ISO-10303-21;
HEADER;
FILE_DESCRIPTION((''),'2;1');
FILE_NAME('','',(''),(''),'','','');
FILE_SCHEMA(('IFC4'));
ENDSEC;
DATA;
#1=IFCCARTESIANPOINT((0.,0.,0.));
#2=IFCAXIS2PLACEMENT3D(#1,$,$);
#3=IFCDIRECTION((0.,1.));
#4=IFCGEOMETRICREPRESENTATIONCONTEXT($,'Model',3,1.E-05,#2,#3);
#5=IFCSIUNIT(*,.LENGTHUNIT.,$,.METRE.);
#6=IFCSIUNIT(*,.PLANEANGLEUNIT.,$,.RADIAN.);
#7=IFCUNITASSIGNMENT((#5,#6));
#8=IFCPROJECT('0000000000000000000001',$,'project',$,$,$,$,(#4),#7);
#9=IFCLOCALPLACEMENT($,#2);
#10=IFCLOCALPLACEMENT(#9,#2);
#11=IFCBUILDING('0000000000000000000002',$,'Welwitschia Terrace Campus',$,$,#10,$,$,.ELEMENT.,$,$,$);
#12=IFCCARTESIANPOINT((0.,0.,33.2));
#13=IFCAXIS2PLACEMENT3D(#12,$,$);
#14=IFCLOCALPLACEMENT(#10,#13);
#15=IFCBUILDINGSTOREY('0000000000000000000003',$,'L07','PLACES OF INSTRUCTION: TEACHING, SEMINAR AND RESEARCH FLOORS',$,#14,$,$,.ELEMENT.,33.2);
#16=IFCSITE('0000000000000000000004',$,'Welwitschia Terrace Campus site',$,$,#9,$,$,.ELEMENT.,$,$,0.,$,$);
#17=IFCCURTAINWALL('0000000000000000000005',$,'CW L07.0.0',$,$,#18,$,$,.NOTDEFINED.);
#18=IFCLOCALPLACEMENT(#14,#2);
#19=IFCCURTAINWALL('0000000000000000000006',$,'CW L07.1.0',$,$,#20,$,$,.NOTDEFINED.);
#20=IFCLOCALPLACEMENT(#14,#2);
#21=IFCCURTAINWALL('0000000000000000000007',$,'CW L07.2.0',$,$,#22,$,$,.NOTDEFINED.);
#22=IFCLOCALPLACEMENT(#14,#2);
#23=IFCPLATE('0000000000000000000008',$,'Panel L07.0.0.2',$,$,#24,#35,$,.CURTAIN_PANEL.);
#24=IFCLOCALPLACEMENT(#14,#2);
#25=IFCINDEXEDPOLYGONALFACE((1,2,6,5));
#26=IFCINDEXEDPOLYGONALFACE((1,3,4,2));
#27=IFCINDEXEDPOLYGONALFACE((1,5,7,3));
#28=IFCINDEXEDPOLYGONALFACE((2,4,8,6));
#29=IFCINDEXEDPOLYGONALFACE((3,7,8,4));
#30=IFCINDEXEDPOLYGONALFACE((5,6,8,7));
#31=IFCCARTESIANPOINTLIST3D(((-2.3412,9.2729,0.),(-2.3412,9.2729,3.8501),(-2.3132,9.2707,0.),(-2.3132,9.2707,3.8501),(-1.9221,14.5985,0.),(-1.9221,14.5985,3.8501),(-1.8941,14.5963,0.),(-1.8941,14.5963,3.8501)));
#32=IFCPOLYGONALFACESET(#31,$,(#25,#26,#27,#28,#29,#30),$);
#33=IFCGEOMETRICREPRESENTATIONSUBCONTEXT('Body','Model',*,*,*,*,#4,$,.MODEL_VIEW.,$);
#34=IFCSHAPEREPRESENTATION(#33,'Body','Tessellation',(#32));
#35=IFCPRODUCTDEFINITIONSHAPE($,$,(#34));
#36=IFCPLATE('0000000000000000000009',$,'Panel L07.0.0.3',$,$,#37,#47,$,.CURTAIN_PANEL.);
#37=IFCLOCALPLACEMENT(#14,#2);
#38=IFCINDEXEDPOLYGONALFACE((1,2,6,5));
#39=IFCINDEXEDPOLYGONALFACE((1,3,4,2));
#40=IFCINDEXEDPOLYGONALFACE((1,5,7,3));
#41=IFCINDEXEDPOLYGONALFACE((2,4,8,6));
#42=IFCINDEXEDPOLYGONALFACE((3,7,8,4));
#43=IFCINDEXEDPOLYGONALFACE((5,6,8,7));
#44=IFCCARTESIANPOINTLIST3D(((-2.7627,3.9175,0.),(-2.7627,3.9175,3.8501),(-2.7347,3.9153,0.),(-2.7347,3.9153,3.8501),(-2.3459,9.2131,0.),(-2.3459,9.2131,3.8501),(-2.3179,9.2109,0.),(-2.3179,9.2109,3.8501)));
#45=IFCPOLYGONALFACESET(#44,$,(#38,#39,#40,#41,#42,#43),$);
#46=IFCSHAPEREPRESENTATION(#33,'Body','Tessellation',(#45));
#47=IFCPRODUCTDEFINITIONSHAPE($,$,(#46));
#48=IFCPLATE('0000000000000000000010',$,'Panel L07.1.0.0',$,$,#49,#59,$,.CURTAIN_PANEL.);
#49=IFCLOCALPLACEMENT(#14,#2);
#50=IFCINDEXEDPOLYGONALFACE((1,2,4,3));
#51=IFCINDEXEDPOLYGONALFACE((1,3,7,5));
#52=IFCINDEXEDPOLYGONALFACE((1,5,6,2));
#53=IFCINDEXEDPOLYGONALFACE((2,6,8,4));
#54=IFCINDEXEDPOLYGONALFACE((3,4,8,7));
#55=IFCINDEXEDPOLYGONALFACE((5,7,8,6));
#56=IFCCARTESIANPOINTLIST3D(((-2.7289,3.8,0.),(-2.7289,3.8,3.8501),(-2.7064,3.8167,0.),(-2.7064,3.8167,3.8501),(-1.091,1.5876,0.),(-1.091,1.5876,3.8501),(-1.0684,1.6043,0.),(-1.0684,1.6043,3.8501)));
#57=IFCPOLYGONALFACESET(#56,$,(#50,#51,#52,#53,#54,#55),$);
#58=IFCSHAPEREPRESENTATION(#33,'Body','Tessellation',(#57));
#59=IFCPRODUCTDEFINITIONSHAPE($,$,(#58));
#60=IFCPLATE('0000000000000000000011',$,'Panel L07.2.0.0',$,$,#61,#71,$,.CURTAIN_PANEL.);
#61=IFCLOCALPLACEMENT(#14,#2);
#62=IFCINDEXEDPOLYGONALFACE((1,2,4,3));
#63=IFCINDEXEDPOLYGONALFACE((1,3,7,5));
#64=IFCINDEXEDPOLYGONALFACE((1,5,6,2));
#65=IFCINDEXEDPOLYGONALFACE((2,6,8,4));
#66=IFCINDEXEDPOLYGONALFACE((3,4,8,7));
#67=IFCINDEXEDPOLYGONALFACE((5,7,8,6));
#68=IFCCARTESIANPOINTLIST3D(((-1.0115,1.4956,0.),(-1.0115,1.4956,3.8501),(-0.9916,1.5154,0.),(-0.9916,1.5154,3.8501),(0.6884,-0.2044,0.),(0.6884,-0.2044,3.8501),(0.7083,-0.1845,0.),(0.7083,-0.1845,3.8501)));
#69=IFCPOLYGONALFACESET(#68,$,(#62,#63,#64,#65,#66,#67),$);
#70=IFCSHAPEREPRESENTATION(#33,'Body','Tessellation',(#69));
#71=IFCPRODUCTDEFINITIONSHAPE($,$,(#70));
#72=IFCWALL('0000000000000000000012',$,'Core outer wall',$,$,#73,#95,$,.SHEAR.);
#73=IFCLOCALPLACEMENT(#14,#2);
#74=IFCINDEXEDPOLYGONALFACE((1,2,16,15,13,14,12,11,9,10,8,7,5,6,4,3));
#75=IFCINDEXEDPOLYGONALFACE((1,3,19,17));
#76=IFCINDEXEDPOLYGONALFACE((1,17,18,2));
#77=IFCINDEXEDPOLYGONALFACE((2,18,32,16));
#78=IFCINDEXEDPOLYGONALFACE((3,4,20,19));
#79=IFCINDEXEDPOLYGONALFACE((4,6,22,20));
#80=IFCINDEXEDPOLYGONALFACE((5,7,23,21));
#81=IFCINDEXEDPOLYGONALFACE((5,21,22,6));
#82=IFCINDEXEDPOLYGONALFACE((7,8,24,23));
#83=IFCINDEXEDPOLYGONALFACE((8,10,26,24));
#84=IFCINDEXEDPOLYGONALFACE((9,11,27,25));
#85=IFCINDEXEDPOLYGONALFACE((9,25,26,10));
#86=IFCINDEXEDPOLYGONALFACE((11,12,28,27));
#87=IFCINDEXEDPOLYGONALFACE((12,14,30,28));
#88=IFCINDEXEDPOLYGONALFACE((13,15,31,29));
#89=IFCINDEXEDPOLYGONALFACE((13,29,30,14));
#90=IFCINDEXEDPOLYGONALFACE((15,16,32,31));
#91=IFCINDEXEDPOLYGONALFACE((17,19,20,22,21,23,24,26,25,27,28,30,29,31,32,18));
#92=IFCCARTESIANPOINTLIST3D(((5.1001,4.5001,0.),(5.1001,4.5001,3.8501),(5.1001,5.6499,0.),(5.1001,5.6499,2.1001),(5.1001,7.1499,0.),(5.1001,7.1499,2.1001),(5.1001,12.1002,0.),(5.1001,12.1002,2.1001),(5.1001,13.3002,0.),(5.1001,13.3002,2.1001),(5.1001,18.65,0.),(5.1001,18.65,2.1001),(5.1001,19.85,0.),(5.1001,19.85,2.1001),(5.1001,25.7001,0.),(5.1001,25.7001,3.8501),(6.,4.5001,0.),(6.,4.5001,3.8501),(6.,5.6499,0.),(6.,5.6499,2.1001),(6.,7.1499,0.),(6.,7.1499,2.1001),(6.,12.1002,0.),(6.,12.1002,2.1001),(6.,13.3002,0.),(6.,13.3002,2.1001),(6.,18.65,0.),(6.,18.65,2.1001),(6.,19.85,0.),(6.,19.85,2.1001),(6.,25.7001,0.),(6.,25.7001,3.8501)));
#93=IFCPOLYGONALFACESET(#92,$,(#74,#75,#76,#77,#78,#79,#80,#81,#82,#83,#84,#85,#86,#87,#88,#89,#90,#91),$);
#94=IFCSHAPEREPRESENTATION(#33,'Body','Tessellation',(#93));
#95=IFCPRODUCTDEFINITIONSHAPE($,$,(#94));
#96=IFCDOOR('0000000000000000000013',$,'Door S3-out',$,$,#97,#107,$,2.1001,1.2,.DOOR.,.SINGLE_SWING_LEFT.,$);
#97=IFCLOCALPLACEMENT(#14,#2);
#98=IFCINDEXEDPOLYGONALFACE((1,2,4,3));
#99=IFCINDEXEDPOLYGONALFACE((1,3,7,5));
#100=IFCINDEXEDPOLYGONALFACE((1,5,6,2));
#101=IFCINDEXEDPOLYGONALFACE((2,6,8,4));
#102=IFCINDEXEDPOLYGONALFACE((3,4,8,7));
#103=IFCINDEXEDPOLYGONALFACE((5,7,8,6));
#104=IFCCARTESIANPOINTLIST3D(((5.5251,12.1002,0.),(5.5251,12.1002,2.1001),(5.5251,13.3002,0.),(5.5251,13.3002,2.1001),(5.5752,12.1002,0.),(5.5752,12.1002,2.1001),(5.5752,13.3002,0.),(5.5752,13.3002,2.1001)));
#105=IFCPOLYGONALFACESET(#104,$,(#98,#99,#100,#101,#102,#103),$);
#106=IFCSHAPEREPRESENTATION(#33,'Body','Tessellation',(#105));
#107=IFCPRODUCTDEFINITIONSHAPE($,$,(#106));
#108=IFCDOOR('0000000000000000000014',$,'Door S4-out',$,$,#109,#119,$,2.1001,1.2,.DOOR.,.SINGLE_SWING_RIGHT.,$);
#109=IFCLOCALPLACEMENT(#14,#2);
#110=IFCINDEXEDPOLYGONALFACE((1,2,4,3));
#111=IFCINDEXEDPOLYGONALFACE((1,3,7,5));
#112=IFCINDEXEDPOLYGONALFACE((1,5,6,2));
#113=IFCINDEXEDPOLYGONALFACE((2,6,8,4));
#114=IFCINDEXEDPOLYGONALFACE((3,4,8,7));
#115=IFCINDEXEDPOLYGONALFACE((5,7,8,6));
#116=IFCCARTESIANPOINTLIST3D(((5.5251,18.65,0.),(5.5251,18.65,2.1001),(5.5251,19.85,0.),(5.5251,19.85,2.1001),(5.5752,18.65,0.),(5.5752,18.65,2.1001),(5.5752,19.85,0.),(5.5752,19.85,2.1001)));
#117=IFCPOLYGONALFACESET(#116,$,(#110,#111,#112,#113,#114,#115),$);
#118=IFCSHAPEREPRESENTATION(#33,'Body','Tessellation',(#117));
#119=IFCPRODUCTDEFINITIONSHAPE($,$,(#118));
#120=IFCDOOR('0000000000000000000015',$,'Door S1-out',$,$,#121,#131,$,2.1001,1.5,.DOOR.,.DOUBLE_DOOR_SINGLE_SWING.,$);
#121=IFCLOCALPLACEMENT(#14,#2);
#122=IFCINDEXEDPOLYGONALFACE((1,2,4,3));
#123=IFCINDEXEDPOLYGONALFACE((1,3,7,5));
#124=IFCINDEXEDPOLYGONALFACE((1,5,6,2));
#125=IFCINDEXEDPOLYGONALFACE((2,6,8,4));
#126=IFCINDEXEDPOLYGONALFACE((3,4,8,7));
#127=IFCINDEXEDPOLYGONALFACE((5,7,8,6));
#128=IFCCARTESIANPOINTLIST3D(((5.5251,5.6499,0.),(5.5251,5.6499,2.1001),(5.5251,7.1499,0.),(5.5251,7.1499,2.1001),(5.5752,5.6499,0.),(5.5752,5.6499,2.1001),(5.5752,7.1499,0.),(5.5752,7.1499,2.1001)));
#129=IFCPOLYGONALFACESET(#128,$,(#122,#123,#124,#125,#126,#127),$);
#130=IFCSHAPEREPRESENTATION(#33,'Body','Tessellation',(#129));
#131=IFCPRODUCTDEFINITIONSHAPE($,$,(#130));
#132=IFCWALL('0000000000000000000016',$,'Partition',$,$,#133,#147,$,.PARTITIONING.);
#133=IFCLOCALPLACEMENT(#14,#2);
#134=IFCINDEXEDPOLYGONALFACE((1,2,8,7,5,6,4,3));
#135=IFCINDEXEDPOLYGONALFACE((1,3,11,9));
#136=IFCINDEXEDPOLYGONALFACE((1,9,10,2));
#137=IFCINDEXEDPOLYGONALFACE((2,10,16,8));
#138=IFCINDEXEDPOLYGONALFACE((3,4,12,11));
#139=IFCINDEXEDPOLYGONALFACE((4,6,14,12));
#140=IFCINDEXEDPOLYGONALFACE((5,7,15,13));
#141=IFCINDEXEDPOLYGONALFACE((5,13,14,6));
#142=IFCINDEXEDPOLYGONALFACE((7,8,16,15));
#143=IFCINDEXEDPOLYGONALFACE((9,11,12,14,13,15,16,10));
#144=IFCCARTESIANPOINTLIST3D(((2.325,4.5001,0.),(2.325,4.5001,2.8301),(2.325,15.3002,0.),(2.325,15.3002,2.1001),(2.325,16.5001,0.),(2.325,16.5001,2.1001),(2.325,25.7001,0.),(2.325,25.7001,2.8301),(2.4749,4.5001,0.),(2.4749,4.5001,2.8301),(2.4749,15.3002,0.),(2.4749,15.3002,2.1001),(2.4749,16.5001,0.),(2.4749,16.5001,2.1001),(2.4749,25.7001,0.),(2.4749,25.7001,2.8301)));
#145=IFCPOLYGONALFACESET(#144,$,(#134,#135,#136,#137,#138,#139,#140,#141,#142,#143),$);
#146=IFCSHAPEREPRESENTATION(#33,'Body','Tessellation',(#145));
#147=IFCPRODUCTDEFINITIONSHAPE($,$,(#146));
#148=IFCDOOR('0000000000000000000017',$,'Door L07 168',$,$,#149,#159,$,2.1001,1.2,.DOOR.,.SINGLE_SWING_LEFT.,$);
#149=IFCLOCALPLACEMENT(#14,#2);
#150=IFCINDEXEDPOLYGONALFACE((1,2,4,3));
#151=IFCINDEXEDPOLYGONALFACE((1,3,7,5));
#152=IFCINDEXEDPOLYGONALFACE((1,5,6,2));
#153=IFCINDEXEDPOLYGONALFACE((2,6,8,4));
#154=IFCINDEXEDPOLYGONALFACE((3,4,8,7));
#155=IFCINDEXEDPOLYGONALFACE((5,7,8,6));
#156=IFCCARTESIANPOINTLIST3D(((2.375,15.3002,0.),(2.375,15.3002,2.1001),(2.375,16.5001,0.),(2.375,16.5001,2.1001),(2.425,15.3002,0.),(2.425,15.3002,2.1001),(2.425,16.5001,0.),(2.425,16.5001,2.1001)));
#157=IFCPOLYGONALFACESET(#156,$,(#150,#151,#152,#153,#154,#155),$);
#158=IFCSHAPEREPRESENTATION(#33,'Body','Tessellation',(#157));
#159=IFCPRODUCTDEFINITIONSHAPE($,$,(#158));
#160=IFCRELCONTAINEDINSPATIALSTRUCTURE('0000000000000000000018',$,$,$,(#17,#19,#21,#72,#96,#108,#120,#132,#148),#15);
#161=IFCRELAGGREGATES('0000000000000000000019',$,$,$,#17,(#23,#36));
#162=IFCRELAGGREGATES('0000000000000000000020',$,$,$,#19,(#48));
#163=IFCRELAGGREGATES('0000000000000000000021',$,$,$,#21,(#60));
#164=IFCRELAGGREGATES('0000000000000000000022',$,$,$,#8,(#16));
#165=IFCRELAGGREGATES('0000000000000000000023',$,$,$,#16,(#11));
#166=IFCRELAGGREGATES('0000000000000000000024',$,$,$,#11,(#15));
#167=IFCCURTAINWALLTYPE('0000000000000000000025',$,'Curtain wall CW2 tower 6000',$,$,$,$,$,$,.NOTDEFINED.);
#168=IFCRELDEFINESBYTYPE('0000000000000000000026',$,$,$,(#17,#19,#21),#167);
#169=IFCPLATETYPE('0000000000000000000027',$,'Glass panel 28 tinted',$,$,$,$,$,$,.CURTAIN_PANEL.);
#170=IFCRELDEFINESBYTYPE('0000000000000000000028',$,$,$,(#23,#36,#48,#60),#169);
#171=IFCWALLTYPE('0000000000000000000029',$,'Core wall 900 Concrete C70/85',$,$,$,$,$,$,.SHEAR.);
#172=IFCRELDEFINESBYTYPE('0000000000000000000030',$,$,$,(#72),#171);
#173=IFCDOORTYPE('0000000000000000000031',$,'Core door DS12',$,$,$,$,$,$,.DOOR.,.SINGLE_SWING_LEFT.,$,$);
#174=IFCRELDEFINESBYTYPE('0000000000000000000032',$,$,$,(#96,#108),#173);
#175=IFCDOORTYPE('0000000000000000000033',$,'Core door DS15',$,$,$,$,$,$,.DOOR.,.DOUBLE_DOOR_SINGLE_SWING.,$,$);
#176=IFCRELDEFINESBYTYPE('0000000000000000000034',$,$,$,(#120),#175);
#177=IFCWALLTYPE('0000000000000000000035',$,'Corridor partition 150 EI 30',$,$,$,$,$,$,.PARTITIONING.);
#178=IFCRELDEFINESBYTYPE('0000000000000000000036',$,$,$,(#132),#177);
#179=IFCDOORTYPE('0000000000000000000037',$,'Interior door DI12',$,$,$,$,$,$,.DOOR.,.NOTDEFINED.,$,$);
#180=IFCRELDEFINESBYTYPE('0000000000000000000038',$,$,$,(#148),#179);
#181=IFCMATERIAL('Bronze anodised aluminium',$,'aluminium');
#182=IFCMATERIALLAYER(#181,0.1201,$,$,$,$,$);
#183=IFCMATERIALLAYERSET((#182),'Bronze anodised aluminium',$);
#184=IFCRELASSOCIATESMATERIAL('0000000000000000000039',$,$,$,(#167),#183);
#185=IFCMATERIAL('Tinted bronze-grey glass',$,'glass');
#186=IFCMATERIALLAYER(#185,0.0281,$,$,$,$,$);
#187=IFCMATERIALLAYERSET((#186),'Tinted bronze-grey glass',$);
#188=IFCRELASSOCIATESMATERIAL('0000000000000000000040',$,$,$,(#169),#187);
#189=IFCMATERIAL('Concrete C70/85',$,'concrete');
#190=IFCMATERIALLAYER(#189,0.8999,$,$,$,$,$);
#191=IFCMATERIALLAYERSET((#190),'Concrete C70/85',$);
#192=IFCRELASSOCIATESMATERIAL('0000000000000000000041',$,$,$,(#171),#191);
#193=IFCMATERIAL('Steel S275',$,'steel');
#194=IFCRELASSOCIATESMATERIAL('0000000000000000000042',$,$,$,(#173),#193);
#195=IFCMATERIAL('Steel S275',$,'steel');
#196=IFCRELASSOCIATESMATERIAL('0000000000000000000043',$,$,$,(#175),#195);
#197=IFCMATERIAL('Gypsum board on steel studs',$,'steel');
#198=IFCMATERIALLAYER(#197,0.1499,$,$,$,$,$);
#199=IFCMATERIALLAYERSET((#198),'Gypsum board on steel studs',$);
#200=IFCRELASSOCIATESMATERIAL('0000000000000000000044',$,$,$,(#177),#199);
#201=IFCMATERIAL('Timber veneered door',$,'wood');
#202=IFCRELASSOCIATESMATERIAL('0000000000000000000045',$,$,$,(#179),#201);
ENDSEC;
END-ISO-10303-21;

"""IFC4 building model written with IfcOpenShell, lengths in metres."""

from ifc_helpers import new_model, si_unit, direction, frame, frame_2d, origin, origin_2d, place, context, subcontext, project, spatial, rectangle, extrude, material, layer, layer_set, type_object, element, fill, aggregate, save


model = new_model("IFC4")

# Units and contexts
model_context = context("Model", 3, precision=1e-05, world=origin(), true_north=direction((0.0, 1.0)))
body_context = subcontext(model_context, "Body", "Model", "MODEL_VIEW")
ifc_project = project(units=[si_unit("LENGTHUNIT", "METRE"), si_unit("PLANEANGLEUNIT", "RADIAN")], contexts=[model_context])

# Site, building, storey
site_placement = place(None, origin())
site = spatial("IfcSite", under=ifc_project, at=site_placement, Name="Welwitschia Terrace Campus site", CompositionType="ELEMENT", RefElevation=0.0)
building_placement = place(site_placement, origin())
building = spatial("IfcBuilding", under=site, at=building_placement, Name="Welwitschia Terrace Campus", CompositionType="ELEMENT")
storey_placement = place(building_placement, frame((0.0, 0.0, 33.2)))
storey = spatial("IfcBuildingStorey", under=building, at=storey_placement, Name="L07", Description="PLACES OF INSTRUCTION: TEACHING, SEMINAR AND RESEARCH FLOORS", CompositionType="ELEMENT", Elevation=33.2)

# Curtain walls
ifc_material_1 = material(Name="Bronze anodised aluminium", Category="aluminium")
ifc_layer_1 = layer(ifc_material_1, 0.1201)
ifc_layer_set_1 = layer_set([ifc_layer_1], Name="Bronze anodised aluminium")
curtain_wall_type = type_object("IfcCurtainWallType", Name="Curtain wall CW2 tower 6000", PredefinedType="NOTDEFINED", material=ifc_layer_set_1)
curtain_wall_1_placement = place(storey_placement, origin())
curtain_wall_1 = element("IfcCurtainWall", 1, at=curtain_wall_1_placement, inside=storey, type_object=curtain_wall_type, Name="CW L07.0.0", PredefinedType="NOTDEFINED")
curtain_wall_2_placement = place(storey_placement, origin())
curtain_wall_2 = element("IfcCurtainWall", 2, at=curtain_wall_2_placement, inside=storey, type_object=curtain_wall_type, Name="CW L07.1.0", PredefinedType="NOTDEFINED")

# Curtain wall
curtain_wall_3_placement = place(storey_placement, origin())
curtain_wall_3 = element("IfcCurtainWall", 3, at=curtain_wall_3_placement, inside=storey, type_object=curtain_wall_type, Name="CW L07.2.0", PredefinedType="NOTDEFINED")

# Plates
ifc_material_2 = material(Name="Tinted bronze-grey glass", Category="glass")
ifc_layer_2 = layer(ifc_material_2, 0.0281)
ifc_layer_set_2 = layer_set([ifc_layer_2], Name="Tinted bronze-grey glass")
plate_type = type_object("IfcPlateType", Name="Glass panel 28 tinted", PredefinedType="CURTAIN_PANEL", material=ifc_layer_set_2)
plate_1_placement = place(storey_placement, frame((-2.1177, 11.9346, 0.0), z_axis=(0.0, 0.0, 1.0), x_axis=(-0.078459, -0.996917, 0.0)))
plate_1 = element("IfcPlate", 4, at=plate_1_placement, type_object=plate_type, Name="Panel L07.0.0.2", PredefinedType="CURTAIN_PANEL", context=body_context, shape_type="SweptSolid", body=[
    extrude(rectangle(XDim=5.342, YDim=0.0281, at=origin_2d()), origin(), (0.0, 0.0, 1.0), 3.8501),
])
plate_2_placement = place(storey_placement, frame((-2.5403, 6.5642, 0.0), z_axis=(0.0, 0.0, 1.0), x_axis=(-0.078459, -0.996917, 0.0)))
plate_2 = element("IfcPlate", 5, at=plate_2_placement, type_object=plate_type, Name="Panel L07.0.0.3", PredefinedType="CURTAIN_PANEL", context=body_context, shape_type="SweptSolid", body=[
    extrude(rectangle(XDim=5.312, YDim=0.0281, at=origin_2d()), origin(), (0.0, 0.0, 1.0), 3.8501),
])
aggregate(curtain_wall_1, [plate_1, plate_2])
plate_3_placement = place(storey_placement, frame((-1.8987, 2.7021, 0.0), z_axis=(0.0, 0.0, 1.0), x_axis=(0.595021, -0.80371, 0.0)))
plate_3 = element("IfcPlate", 6, at=plate_3_placement, type_object=plate_type, Name="Panel L07.1.0.0", PredefinedType="CURTAIN_PANEL", context=body_context, shape_type="SweptSolid", body=[
    extrude(rectangle(XDim=2.7527, YDim=0.0281, at=origin_2d()), origin(), (0.0, 0.0, 1.0), 3.8501),
])
aggregate(curtain_wall_2, [plate_3])
plate_4_placement = place(storey_placement, frame((-0.1516, 0.6555, 0.0), z_axis=(0.0, 0.0, 1.0), x_axis=(0.707107, -0.707107, 0.0)))
plate_4 = element("IfcPlate", 7, at=plate_4_placement, type_object=plate_type, Name="Panel L07.2.0.0", PredefinedType="CURTAIN_PANEL", context=body_context, shape_type="SweptSolid", body=[
    extrude(rectangle(XDim=2.4041, YDim=0.0281, at=origin_2d()), origin(), (0.0, 0.0, 1.0), 3.8501),
])
aggregate(curtain_wall_3, [plate_4])

# Wall, openings, doors
ifc_material_3 = material(Name="Concrete C70/85", Category="concrete")
ifc_layer_3 = layer(ifc_material_3, 0.8999)
ifc_layer_set_3 = layer_set([ifc_layer_3], Name="Concrete C70/85")
wall_type_1 = type_object("IfcWallType", Name="Core wall 900 Concrete C70/85", PredefinedType="SHEAR", material=ifc_layer_set_3)
wall_1_placement = place(storey_placement, frame((5.55, 4.5, 0.0), z_axis=(0.0, 0.0, 1.0), x_axis=(0.0, 1.0, 0.0)))
wall_1 = element("IfcWall", 8, at=wall_1_placement, inside=storey, type_object=wall_type_1, Name="Core outer wall", PredefinedType="SHEAR", context=body_context, shape_type="SweptSolid", body=[
    extrude(rectangle(XDim=21.2, YDim=0.8999, at=frame_2d((10.6001, 0.0))), origin(), (0.0, 0.0, 1.0), 3.8501),
])
opening_1_placement = place(wall_1_placement, frame((1.1499, 0.0, 0.0)))
opening_1 = element("IfcOpeningElement", 9, at=opening_1_placement, cuts=wall_1, PredefinedType="OPENING", context=body_context, shape_type="SweptSolid", body=[
    extrude(rectangle(XDim=1.5, YDim=2.1001, at=frame_2d((0.75, 1.05))), frame((0.0, 0.46, 0.0), z_axis=(0.0, -1.0, 0.0), x_axis=(1.0, 0.0, 0.0)), (0.0, 0.0, 1.0), 0.9199),
])
opening_2_placement = place(wall_1_placement, frame((7.6001, 0.0, 0.0)))
opening_2 = element("IfcOpeningElement", 10, at=opening_2_placement, cuts=wall_1, PredefinedType="OPENING", context=body_context, shape_type="SweptSolid", body=[
    extrude(rectangle(XDim=1.2, YDim=2.1001, at=frame_2d((0.6001, 1.05))), frame((0.0, 0.46, 0.0), z_axis=(0.0, -1.0, 0.0), x_axis=(1.0, 0.0, 0.0)), (0.0, 0.0, 1.0), 0.9199),
])
opening_3_placement = place(wall_1_placement, frame((14.1499, 0.0, 0.0)))
opening_3 = element("IfcOpeningElement", 11, at=opening_3_placement, cuts=wall_1, PredefinedType="OPENING", context=body_context, shape_type="SweptSolid", body=[
    extrude(rectangle(XDim=1.2, YDim=2.1001, at=frame_2d((0.6001, 1.05))), frame((0.0, 0.46, 0.0), z_axis=(0.0, -1.0, 0.0), x_axis=(1.0, 0.0, 0.0)), (0.0, 0.0, 1.0), 0.9199),
])
ifc_material_4 = material(Name="Steel S275", Category="steel")
door_type_1 = type_object("IfcDoorType", Name="Core door DS12", OperationType="SINGLE_SWING_LEFT", PredefinedType="DOOR", material=ifc_material_4)
door_1_placement = place(opening_2_placement, origin())
door_1 = element("IfcDoor", 12, at=door_1_placement, inside=storey, type_object=door_type_1, Name="Door S3-out", OperationType="SINGLE_SWING_LEFT", OverallHeight=2.1001, OverallWidth=1.2, PredefinedType="DOOR", context=body_context, shape_type="SweptSolid", body=[
    extrude(rectangle(XDim=1.2, YDim=2.1001, at=frame_2d((0.6001, 1.05))), frame((0.0, 0.0249, 0.0), z_axis=(0.0, -1.0, 0.0), x_axis=(1.0, 0.0, 0.0)), (0.0, 0.0, 1.0), 0.05),
])
fill(opening_2, door_1)
door_2_placement = place(opening_3_placement, origin())
door_2 = element("IfcDoor", 13, at=door_2_placement, inside=storey, type_object=door_type_1, Name="Door S4-out", OperationType="SINGLE_SWING_RIGHT", OverallHeight=2.1001, OverallWidth=1.2, PredefinedType="DOOR", context=body_context, shape_type="SweptSolid", body=[
    extrude(rectangle(XDim=1.2, YDim=2.1001, at=frame_2d((0.6001, 1.05))), frame((0.0, 0.0249, 0.0), z_axis=(0.0, -1.0, 0.0), x_axis=(1.0, 0.0, 0.0)), (0.0, 0.0, 1.0), 0.05),
])
fill(opening_3, door_2)
ifc_material_5 = material(Name="Steel S275", Category="steel")
door_type_2 = type_object("IfcDoorType", Name="Core door DS15", OperationType="DOUBLE_DOOR_SINGLE_SWING", PredefinedType="DOOR", material=ifc_material_5)
door_3_placement = place(opening_1_placement, origin())
door_3 = element("IfcDoor", 14, at=door_3_placement, inside=storey, type_object=door_type_2, Name="Door S1-out", OperationType="DOUBLE_DOOR_SINGLE_SWING", OverallHeight=2.1001, OverallWidth=1.5, PredefinedType="DOOR", context=body_context, shape_type="SweptSolid", body=[
    extrude(rectangle(XDim=1.5, YDim=2.1001, at=frame_2d((0.75, 1.05))), frame((0.0, 0.0249, 0.0), z_axis=(0.0, -1.0, 0.0), x_axis=(1.0, 0.0, 0.0)), (0.0, 0.0, 1.0), 0.05),
])
fill(opening_1, door_3)

# Wall, opening, door
ifc_material_6 = material(Name="Gypsum board on steel studs", Category="steel")
ifc_layer_4 = layer(ifc_material_6, 0.1499)
ifc_layer_set_4 = layer_set([ifc_layer_4], Name="Gypsum board on steel studs")
wall_type_2 = type_object("IfcWallType", Name="Corridor partition 150 EI 30", PredefinedType="PARTITIONING", material=ifc_layer_set_4)
wall_2_placement = place(storey_placement, frame((2.3999, 4.5, 0.0), z_axis=(0.0, 0.0, 1.0), x_axis=(0.0, 1.0, 0.0)))
wall_2 = element("IfcWall", 15, at=wall_2_placement, inside=storey, type_object=wall_type_2, Name="Partition", PredefinedType="PARTITIONING", context=body_context, shape_type="SweptSolid", body=[
    extrude(rectangle(XDim=21.2, YDim=0.1499, at=frame_2d((10.6001, 0.0))), origin(), (0.0, 0.0, 1.0), 2.8301),
])
opening_4_placement = place(wall_2_placement, frame((10.8, 0.0, 0.0)))
opening_4 = element("IfcOpeningElement", 16, at=opening_4_placement, cuts=wall_2, PredefinedType="OPENING", context=body_context, shape_type="SweptSolid", body=[
    extrude(rectangle(XDim=1.2, YDim=2.1001, at=frame_2d((0.6001, 1.05))), frame((0.0, 0.085, 0.0), z_axis=(0.0, -1.0, 0.0), x_axis=(1.0, 0.0, 0.0)), (0.0, 0.0, 1.0), 0.1699),
])
ifc_material_7 = material(Name="Timber veneered door", Category="wood")
door_type_3 = type_object("IfcDoorType", Name="Interior door DI12", OperationType="NOTDEFINED", PredefinedType="DOOR", material=ifc_material_7)
door_4_placement = place(opening_4_placement, origin())
door_4 = element("IfcDoor", 17, at=door_4_placement, inside=storey, type_object=door_type_3, Name="Door L07 168", OperationType="SINGLE_SWING_LEFT", OverallHeight=2.1001, OverallWidth=1.2, PredefinedType="DOOR", context=body_context, shape_type="SweptSolid", body=[
    extrude(rectangle(XDim=1.2, YDim=2.1001, at=frame_2d((0.6001, 1.05))), frame((0.0, 0.0249, 0.0), z_axis=(0.0, -1.0, 0.0), x_axis=(1.0, 0.0, 0.0)), (0.0, 0.0, 1.0), 0.05),
])
fill(opening_4, door_4)

save(model, "model.ifc")
